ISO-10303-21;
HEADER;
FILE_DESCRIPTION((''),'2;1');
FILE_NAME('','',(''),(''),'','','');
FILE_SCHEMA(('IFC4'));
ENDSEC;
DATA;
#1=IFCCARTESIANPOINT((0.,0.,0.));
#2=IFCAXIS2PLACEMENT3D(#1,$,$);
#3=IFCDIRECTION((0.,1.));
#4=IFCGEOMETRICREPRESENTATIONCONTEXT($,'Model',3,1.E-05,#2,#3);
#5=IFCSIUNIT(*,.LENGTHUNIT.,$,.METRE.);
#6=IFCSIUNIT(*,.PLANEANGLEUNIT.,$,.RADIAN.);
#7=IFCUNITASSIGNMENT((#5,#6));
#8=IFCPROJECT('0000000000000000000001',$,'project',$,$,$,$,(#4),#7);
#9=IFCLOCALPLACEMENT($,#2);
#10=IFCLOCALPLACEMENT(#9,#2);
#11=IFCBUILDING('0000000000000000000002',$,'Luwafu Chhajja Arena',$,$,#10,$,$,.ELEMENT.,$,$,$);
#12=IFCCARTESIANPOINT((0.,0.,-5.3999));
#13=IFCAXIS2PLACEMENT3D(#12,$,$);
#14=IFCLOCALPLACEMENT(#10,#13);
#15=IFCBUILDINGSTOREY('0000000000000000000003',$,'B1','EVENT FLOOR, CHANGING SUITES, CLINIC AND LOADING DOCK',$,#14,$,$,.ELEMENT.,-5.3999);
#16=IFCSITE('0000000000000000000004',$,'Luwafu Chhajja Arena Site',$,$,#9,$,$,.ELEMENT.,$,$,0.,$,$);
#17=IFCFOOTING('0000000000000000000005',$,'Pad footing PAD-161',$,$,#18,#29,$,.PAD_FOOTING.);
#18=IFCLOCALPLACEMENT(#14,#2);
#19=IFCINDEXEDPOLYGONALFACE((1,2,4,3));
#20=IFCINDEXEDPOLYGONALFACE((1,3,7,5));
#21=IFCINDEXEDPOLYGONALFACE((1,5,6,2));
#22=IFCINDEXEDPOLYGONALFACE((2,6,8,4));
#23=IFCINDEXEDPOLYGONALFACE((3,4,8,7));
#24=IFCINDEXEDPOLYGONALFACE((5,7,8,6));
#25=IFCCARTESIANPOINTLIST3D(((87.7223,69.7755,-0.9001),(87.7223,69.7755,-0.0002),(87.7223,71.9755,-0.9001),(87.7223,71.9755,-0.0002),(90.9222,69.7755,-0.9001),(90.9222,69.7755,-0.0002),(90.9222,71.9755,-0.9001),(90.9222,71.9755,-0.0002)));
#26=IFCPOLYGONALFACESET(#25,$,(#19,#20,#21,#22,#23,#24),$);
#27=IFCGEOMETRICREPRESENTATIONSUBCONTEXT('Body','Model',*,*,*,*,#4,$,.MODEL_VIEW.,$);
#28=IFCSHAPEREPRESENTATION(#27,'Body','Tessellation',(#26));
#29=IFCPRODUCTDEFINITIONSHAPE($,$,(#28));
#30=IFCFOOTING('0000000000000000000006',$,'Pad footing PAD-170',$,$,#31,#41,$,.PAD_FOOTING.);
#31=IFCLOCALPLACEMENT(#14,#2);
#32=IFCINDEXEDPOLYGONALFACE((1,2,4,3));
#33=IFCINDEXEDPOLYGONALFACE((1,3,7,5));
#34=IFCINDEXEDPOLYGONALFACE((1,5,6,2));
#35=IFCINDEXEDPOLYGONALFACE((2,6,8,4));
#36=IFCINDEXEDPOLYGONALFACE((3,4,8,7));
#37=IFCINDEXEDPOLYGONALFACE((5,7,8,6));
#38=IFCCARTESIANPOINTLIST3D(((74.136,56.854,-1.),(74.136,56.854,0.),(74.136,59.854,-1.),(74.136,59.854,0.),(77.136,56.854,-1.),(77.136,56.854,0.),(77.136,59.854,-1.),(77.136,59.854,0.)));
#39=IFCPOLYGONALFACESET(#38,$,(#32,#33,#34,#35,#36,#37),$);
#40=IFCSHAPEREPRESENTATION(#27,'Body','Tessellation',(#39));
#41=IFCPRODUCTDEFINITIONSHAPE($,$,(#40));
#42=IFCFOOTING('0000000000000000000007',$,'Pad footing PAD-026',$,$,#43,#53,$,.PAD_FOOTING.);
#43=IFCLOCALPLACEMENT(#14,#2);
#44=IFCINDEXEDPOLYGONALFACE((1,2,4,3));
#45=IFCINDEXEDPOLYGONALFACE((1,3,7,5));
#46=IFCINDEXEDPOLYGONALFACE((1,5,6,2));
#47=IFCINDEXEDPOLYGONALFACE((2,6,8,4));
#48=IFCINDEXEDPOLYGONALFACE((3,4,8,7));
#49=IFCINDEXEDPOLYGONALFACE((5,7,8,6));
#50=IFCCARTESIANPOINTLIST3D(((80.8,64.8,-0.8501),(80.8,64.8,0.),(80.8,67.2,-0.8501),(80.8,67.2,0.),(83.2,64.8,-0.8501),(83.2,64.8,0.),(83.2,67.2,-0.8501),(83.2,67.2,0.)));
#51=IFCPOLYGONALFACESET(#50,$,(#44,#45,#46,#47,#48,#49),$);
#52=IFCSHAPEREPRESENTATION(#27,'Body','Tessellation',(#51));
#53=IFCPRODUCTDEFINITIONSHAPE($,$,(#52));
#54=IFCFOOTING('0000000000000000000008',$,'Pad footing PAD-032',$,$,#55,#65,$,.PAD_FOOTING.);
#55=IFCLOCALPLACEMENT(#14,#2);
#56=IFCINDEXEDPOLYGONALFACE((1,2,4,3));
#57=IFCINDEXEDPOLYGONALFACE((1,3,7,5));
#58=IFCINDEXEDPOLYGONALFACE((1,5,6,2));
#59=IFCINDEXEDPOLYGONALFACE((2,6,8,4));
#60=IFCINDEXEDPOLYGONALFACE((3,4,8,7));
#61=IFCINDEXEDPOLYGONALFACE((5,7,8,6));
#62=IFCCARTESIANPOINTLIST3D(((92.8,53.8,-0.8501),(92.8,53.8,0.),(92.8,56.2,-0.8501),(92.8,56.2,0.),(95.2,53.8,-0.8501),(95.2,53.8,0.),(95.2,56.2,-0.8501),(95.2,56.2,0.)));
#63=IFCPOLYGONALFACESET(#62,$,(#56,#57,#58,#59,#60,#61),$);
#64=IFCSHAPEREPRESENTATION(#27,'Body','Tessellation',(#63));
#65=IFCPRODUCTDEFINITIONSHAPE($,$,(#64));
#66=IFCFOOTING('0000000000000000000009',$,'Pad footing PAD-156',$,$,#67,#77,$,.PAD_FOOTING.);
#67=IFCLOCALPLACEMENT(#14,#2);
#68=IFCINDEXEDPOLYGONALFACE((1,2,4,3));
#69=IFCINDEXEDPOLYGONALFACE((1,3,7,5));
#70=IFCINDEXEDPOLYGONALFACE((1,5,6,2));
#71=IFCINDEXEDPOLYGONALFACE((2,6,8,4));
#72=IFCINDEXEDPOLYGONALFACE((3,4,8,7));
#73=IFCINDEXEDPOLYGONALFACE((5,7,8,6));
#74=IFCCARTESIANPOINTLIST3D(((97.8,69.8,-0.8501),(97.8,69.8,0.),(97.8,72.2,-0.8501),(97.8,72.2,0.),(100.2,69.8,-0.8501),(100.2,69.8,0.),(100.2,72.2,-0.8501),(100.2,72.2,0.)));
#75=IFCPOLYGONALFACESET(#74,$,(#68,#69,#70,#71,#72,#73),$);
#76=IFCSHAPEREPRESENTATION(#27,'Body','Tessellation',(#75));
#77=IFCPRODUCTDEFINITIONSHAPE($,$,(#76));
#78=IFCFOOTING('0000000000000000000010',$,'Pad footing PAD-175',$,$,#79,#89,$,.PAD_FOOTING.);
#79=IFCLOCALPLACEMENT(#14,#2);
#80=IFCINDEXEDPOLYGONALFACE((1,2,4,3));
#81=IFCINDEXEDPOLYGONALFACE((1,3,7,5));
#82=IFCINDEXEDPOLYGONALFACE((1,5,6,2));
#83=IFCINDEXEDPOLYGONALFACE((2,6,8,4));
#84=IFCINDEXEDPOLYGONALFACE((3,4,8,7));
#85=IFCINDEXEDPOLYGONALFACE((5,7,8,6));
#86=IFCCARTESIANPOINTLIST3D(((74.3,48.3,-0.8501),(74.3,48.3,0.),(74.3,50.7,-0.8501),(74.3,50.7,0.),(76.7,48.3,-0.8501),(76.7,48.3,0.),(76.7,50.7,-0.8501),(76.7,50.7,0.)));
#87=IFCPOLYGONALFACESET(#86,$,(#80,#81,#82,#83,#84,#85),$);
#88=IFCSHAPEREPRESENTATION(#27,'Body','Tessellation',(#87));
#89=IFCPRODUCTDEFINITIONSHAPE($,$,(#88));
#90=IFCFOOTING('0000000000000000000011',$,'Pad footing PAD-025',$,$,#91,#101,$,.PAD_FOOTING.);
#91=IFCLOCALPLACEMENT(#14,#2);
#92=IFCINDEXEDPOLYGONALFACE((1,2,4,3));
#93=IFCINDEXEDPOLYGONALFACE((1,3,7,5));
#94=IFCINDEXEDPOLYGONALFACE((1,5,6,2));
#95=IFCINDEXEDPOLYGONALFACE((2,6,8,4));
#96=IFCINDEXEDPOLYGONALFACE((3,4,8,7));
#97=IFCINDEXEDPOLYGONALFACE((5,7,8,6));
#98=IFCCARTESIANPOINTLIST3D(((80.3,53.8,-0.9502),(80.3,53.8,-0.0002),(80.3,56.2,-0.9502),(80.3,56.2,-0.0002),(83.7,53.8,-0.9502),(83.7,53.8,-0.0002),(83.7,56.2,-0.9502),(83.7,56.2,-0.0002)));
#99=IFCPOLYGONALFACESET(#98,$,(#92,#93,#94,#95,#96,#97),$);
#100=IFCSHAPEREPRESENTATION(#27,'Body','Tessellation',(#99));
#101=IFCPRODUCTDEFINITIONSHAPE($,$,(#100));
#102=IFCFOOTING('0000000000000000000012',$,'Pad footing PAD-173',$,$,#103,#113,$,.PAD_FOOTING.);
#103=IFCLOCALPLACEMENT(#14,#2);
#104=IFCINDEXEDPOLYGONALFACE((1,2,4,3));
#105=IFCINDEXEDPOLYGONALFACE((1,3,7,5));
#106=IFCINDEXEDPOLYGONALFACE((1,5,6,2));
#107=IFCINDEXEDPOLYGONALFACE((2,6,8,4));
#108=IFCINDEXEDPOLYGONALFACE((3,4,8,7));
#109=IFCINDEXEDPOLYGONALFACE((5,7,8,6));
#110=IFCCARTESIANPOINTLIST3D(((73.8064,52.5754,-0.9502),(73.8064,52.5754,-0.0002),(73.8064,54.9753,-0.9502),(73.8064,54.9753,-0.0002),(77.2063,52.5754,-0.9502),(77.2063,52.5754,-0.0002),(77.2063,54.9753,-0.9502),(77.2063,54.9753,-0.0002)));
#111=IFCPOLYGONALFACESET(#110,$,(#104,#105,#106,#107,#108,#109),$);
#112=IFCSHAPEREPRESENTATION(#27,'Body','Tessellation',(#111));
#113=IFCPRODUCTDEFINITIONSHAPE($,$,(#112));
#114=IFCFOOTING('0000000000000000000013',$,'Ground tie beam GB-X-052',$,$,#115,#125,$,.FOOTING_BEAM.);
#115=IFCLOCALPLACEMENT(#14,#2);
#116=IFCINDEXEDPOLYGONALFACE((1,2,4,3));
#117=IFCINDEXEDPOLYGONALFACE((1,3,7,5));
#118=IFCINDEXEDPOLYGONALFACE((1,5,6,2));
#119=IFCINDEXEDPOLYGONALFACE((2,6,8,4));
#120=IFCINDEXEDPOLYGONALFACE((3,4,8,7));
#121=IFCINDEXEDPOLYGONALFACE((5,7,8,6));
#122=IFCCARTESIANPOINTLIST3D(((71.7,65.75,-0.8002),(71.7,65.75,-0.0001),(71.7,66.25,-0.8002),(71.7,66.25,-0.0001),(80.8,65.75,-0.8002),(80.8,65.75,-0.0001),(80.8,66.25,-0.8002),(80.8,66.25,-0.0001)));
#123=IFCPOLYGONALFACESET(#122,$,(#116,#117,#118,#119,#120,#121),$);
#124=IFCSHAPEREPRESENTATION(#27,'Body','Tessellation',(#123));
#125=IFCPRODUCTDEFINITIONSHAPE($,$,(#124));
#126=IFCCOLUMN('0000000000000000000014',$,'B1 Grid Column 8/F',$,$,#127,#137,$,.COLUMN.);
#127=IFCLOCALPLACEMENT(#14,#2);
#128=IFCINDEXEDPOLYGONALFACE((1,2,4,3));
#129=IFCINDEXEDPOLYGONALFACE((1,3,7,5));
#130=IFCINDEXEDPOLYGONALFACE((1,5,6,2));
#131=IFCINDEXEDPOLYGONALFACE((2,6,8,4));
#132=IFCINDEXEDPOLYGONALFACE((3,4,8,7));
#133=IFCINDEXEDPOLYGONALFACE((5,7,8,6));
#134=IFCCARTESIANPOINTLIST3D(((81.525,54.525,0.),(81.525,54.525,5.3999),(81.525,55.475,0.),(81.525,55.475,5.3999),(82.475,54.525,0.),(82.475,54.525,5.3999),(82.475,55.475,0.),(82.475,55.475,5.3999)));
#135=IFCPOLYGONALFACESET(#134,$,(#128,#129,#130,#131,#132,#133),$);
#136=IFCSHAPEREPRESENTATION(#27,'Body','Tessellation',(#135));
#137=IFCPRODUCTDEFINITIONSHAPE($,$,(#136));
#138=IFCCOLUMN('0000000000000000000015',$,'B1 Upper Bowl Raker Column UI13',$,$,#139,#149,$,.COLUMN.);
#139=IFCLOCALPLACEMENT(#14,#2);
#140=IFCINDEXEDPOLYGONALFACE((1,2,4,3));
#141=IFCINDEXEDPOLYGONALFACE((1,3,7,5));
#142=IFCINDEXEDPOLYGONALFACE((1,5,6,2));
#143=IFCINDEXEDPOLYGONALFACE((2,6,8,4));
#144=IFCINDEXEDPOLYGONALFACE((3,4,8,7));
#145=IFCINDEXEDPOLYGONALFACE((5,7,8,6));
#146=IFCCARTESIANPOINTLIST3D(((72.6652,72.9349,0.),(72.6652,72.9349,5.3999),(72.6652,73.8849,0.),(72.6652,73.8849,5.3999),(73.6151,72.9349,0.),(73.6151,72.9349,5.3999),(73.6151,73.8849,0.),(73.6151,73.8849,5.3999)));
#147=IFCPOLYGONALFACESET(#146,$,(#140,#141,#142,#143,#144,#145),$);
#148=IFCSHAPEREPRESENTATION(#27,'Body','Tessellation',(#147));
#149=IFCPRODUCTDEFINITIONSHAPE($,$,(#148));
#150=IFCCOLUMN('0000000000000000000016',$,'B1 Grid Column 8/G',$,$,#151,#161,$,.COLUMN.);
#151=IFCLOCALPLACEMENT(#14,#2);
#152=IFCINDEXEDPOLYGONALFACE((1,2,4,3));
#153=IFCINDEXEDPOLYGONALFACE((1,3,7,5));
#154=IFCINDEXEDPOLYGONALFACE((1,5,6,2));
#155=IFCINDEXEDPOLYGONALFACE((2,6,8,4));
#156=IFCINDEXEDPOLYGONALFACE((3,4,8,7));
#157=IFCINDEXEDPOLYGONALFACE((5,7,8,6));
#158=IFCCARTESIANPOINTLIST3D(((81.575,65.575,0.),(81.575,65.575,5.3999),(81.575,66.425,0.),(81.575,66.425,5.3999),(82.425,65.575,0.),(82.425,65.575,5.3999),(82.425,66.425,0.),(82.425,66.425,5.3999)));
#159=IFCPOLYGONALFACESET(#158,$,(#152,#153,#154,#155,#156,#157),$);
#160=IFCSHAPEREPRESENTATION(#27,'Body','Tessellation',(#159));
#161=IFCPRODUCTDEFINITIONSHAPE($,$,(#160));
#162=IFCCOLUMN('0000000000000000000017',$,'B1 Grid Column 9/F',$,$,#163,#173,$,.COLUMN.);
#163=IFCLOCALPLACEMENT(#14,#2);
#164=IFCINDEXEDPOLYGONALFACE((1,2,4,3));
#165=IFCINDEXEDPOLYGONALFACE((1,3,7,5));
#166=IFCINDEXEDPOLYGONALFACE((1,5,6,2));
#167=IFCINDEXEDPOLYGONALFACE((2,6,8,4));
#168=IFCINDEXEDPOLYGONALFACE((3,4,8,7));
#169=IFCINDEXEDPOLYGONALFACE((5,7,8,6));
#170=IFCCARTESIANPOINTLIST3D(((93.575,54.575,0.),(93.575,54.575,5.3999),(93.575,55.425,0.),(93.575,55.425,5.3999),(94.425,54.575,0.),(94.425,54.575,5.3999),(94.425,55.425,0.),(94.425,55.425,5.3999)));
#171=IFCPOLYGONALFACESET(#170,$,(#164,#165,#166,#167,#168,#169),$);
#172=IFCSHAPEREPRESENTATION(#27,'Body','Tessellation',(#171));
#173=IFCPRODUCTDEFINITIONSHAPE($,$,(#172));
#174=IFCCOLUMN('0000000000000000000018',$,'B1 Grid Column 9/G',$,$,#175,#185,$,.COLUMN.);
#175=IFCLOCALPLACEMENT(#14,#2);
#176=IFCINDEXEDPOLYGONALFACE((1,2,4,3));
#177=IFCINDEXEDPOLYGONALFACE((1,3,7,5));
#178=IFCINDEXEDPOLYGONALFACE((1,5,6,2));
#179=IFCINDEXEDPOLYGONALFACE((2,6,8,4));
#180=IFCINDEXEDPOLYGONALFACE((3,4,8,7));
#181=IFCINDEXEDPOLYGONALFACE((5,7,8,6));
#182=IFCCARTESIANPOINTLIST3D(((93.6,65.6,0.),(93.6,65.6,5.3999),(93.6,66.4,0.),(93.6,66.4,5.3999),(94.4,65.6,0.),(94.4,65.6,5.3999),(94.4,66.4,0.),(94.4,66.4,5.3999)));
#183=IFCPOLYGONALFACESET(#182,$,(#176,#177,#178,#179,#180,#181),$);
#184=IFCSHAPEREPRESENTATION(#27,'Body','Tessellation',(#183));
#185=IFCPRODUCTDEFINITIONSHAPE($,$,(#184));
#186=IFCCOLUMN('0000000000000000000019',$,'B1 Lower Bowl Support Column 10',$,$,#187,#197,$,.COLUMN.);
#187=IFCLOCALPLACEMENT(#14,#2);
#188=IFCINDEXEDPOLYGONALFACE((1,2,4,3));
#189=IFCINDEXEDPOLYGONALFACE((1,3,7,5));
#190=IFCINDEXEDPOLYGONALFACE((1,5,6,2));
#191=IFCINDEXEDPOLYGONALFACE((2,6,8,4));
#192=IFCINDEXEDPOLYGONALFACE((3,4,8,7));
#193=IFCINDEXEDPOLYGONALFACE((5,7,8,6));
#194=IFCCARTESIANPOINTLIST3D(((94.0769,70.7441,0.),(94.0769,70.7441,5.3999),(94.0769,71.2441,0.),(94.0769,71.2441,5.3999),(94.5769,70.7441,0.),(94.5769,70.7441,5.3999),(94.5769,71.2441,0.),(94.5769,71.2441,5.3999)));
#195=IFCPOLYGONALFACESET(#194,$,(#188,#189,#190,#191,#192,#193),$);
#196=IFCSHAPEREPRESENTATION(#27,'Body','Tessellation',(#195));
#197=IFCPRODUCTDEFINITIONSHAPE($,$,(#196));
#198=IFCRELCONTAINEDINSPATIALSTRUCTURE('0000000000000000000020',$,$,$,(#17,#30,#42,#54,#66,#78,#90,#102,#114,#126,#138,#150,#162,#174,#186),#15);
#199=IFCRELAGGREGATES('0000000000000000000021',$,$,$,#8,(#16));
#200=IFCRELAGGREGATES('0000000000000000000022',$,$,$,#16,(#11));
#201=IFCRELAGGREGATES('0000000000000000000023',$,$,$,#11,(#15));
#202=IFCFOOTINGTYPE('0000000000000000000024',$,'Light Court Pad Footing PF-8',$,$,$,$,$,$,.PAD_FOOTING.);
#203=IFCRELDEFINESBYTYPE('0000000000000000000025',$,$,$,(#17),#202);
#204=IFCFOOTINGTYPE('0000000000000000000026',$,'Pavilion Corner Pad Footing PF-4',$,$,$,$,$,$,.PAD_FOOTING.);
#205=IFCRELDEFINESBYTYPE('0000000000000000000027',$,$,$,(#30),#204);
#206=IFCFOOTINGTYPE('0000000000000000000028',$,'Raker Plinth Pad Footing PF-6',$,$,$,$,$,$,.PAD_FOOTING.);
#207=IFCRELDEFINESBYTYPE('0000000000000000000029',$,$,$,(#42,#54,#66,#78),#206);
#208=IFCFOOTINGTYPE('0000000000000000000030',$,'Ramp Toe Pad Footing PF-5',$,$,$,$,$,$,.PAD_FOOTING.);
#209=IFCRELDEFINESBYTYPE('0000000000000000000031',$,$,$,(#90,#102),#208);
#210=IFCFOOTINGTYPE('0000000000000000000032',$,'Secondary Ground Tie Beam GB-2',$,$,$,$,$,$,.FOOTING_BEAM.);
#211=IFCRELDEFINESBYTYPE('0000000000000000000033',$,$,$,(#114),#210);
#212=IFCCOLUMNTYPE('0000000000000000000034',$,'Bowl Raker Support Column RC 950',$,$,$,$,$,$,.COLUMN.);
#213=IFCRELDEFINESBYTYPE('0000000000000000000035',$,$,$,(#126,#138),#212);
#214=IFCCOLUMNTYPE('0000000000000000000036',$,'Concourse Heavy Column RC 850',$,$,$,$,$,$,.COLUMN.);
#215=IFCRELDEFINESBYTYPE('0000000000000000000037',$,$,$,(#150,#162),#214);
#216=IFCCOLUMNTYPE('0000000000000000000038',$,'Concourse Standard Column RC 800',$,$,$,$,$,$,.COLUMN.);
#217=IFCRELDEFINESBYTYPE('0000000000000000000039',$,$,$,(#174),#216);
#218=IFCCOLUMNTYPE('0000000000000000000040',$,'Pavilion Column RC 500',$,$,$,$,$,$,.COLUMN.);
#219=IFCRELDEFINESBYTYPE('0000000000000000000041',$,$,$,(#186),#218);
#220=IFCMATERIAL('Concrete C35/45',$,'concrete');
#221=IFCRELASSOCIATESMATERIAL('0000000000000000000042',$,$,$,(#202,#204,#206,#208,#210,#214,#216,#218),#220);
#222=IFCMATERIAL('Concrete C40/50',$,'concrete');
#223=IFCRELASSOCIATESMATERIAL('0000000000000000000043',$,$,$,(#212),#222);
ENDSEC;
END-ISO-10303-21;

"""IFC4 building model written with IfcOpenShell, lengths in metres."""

from ifc_helpers import new_model, si_unit, direction, frame, origin, origin_2d, place, context, subcontext, project, spatial, rectangle, extrude, material, material_profile, profile_set, type_object, element, save


model = new_model("IFC4")

# Units and contexts
model_context = context("Model", 3, precision=1e-05, world=origin(), true_north=direction((0.0, 1.0)))
body_context = subcontext(model_context, "Body", "Model", "MODEL_VIEW")
ifc_project = project(units=[si_unit("LENGTHUNIT", "METRE"), si_unit("PLANEANGLEUNIT", "RADIAN")], contexts=[model_context])

# Site, building, storey
site_placement = place(None, origin())
site = spatial("IfcSite", under=ifc_project, at=site_placement, Name="Luwafu Chhajja Arena Site", CompositionType="ELEMENT", RefElevation=0.0)
building_placement = place(site_placement, origin())
building = spatial("IfcBuilding", under=site, at=building_placement, Name="Luwafu Chhajja Arena", CompositionType="ELEMENT")
storey_placement = place(building_placement, frame((0.0, 0.0, -5.3999)))
storey = spatial("IfcBuildingStorey", under=building, at=storey_placement, Name="B1", Description="EVENT FLOOR, CHANGING SUITES, CLINIC AND LOADING DOCK", CompositionType="ELEMENT", Elevation=-5.3999)

# Shared definitions
ifc_material_1 = material(Name="Concrete C35/45", Category="concrete")

# Footings
footing_type_1 = type_object("IfcFootingType", Name="Light Court Pad Footing PF-8", PredefinedType="PAD_FOOTING", material=ifc_material_1)
footing_1_placement = place(storey_placement, frame((89.3223, 70.8755, -0.9001), z_axis=(0.0, 0.0, 1.0), x_axis=(1.0, 0.0, 0.0)))
element("IfcFooting", 1, at=footing_1_placement, inside=storey, type_object=footing_type_1, Name="Pad footing PAD-161", PredefinedType="PAD_FOOTING", context=body_context, shape_type="SweptSolid", body=[
    extrude(rectangle(XDim=3.2, YDim=2.2, at=origin_2d()), origin(), (0.0, 0.0, 1.0), 0.8999),
])
footing_type_2 = type_object("IfcFootingType", Name="Pavilion Corner Pad Footing PF-4", PredefinedType="PAD_FOOTING", material=ifc_material_1)
footing_2_placement = place(storey_placement, frame((75.636, 58.354, -1.0), z_axis=(0.0, 0.0, 1.0), x_axis=(1.0, 0.0, 0.0)))
element("IfcFooting", 2, at=footing_2_placement, inside=storey, type_object=footing_type_2, Name="Pad footing PAD-170", PredefinedType="PAD_FOOTING", context=body_context, shape_type="SweptSolid", body=[
    extrude(rectangle(XDim=3.0, YDim=3.0, at=origin_2d()), origin(), (0.0, 0.0, 1.0), 1.0),
])
footing_type_3 = type_object("IfcFootingType", Name="Raker Plinth Pad Footing PF-6", PredefinedType="PAD_FOOTING", material=ifc_material_1)
for number, where, z_axis, x_axis, name in (
    (3, (82.0, 66.0, -0.8501), (0.0, 0.0, 1.0), (1.0, 0.0, 0.0), "Pad footing PAD-026"),
    (4, (94.0, 55.0, -0.8501), (0.0, 0.0, 1.0), (1.0, 0.0, 0.0), "Pad footing PAD-032"),
    (5, (99.0, 71.0, -0.8501), (0.0, 0.0, 1.0), (1.0, 0.0, 0.0), "Pad footing PAD-156"),
    (6, (75.5, 49.5, -0.8501), (0.0, 0.0, 1.0), (1.0, 0.0, 0.0), "Pad footing PAD-175"),
):
    element("IfcFooting", number, at=place(storey_placement, frame(where, z_axis=z_axis, x_axis=x_axis)), inside=storey, type_object=footing_type_3, Name=name, PredefinedType="PAD_FOOTING", context=body_context, shape_type="SweptSolid", body=[
        extrude(rectangle(XDim=2.3999, YDim=2.3999, at=origin_2d()), origin(), (0.0, 0.0, 1.0), 0.8501),
    ])
footing_type_4 = type_object("IfcFootingType", Name="Ramp Toe Pad Footing PF-5", PredefinedType="PAD_FOOTING", material=ifc_material_1)
for number, where, z_axis, x_axis, name in (
    (7, (82.0, 55.0, -0.9502), (0.0, 0.0, 1.0), (1.0, 0.0, 0.0), "Pad footing PAD-025"),
    (8, (75.5063, 53.7754, -0.9502), (0.0, 0.0, 1.0), (1.0, 0.0, 0.0), "Pad footing PAD-173"),
):
    element("IfcFooting", number, at=place(storey_placement, frame(where, z_axis=z_axis, x_axis=x_axis)), inside=storey, type_object=footing_type_4, Name=name, PredefinedType="PAD_FOOTING", context=body_context, shape_type="SweptSolid", body=[
        extrude(rectangle(XDim=3.3999, YDim=2.3999, at=origin_2d()), origin(), (0.0, 0.0, 1.0), 0.95),
    ])
ifc_material_profile_1 = material_profile(ifc_material_1, rectangle(XDim=0.5, YDim=0.8, at=origin_2d()), Name="RC 500x800")
ifc_profile_set_1 = profile_set([ifc_material_profile_1], Name="Concrete C35/45")
footing_type_5 = type_object("IfcFootingType", Name="Secondary Ground Tie Beam GB-2", PredefinedType="FOOTING_BEAM", material=ifc_profile_set_1)
footing_3_placement = place(storey_placement, frame((71.7, 66.0, -0.4001), z_axis=(1.0, 0.0, 0.0), x_axis=(0.0, 1.0, 0.0)))
element("IfcFooting", 9, at=footing_3_placement, inside=storey, type_object=footing_type_5, Name="Ground tie beam GB-X-052", PredefinedType="FOOTING_BEAM", context=body_context, shape_type="SweptSolid", body=[
    extrude(rectangle(XDim=0.5, YDim=0.8, at=origin_2d()), origin(), (0.0, 0.0, 1.0), 9.1001),
])

# Columns
ifc_material_2 = material(Name="Concrete C40/50", Category="concrete")
ifc_material_profile_2 = material_profile(ifc_material_2, rectangle(XDim=0.95, YDim=0.95, at=origin_2d()), Name="RC 950x950")
ifc_profile_set_2 = profile_set([ifc_material_profile_2], Name="Concrete C40/50")
column_type_1 = type_object("IfcColumnType", Name="Bowl Raker Support Column RC 950", PredefinedType="COLUMN", material=ifc_profile_set_2)
for number, where, z_axis, x_axis, name in (
    (10, (82.0, 55.0, 0.0), (0.0, 0.0, 1.0), (1.0, 0.0, 0.0), "B1 Grid Column 8/F"),
    (11, (73.1401, 73.4099, 0.0), (0.0, 0.0, 1.0), (1.0, 0.0, 0.0), "B1 Upper Bowl Raker Column UI13"),
):
    element("IfcColumn", number, at=place(storey_placement, frame(where, z_axis=z_axis, x_axis=x_axis)), inside=storey, type_object=column_type_1, Name=name, PredefinedType="COLUMN", context=body_context, shape_type="SweptSolid", body=[
        extrude(rectangle(XDim=0.95, YDim=0.95, at=origin_2d()), origin(), (0.0, 0.0, 1.0), 5.3999),
    ])
ifc_material_profile_3 = material_profile(ifc_material_1, rectangle(XDim=0.8501, YDim=0.8501, at=origin_2d()), Name="RC 850x850")
ifc_profile_set_3 = profile_set([ifc_material_profile_3], Name="Concrete C35/45")
column_type_2 = type_object("IfcColumnType", Name="Concourse Heavy Column RC 850", PredefinedType="COLUMN", material=ifc_profile_set_3)
for number, where, z_axis, x_axis, name in (
    (12, (82.0, 66.0, 0.0), (0.0, 0.0, 1.0), (1.0, 0.0, 0.0), "B1 Grid Column 8/G"),
    (13, (94.0, 55.0, 0.0), (0.0, 0.0, 1.0), (1.0, 0.0, 0.0), "B1 Grid Column 9/F"),
):
    element("IfcColumn", number, at=place(storey_placement, frame(where, z_axis=z_axis, x_axis=x_axis)), inside=storey, type_object=column_type_2, Name=name, PredefinedType="COLUMN", context=body_context, shape_type="SweptSolid", body=[
        extrude(rectangle(XDim=0.8501, YDim=0.8501, at=origin_2d()), origin(), (0.0, 0.0, 1.0), 5.3999),
    ])
ifc_material_profile_4 = material_profile(ifc_material_1, rectangle(XDim=0.8, YDim=0.8, at=origin_2d()), Name="RC 800x800")
ifc_profile_set_4 = profile_set([ifc_material_profile_4], Name="Concrete C35/45")
column_type_3 = type_object("IfcColumnType", Name="Concourse Standard Column RC 800", PredefinedType="COLUMN", material=ifc_profile_set_4)
column_placement = place(storey_placement, frame((94.0, 66.0, 0.0), z_axis=(0.0, 0.0, 1.0), x_axis=(1.0, 0.0, 0.0)))
element("IfcColumn", 14, at=column_placement, inside=storey, type_object=column_type_3, Name="B1 Grid Column 9/G", PredefinedType="COLUMN", context=body_context, shape_type="SweptSolid", body=[
    extrude(rectangle(XDim=0.8, YDim=0.8, at=origin_2d()), origin(), (0.0, 0.0, 1.0), 5.3999),
])
ifc_material_profile_5 = material_profile(ifc_material_1, rectangle(XDim=0.5, YDim=0.5, at=origin_2d()), Name="RC 500x500")
ifc_profile_set_5 = profile_set([ifc_material_profile_5], Name="Concrete C35/45")
column_type_4 = type_object("IfcColumnType", Name="Pavilion Column RC 500", PredefinedType="COLUMN", material=ifc_profile_set_5)
for number, where, z_axis, x_axis, name in (
    (15, (94.3269, 70.9941, 0.0), (0.0, 0.0, 1.0), (1.0, 0.0, 0.0), "B1 Lower Bowl Support Column 10"),
):
    element("IfcColumn", number, at=place(storey_placement, frame(where, z_axis=z_axis, x_axis=x_axis)), inside=storey, type_object=column_type_4, Name=name, PredefinedType="COLUMN", context=body_context, shape_type="SweptSolid", body=[
        extrude(rectangle(XDim=0.5, YDim=0.5, at=origin_2d()), origin(), (0.0, 0.0, 1.0), 5.3999),
    ])

save(model, "model.ifc")
